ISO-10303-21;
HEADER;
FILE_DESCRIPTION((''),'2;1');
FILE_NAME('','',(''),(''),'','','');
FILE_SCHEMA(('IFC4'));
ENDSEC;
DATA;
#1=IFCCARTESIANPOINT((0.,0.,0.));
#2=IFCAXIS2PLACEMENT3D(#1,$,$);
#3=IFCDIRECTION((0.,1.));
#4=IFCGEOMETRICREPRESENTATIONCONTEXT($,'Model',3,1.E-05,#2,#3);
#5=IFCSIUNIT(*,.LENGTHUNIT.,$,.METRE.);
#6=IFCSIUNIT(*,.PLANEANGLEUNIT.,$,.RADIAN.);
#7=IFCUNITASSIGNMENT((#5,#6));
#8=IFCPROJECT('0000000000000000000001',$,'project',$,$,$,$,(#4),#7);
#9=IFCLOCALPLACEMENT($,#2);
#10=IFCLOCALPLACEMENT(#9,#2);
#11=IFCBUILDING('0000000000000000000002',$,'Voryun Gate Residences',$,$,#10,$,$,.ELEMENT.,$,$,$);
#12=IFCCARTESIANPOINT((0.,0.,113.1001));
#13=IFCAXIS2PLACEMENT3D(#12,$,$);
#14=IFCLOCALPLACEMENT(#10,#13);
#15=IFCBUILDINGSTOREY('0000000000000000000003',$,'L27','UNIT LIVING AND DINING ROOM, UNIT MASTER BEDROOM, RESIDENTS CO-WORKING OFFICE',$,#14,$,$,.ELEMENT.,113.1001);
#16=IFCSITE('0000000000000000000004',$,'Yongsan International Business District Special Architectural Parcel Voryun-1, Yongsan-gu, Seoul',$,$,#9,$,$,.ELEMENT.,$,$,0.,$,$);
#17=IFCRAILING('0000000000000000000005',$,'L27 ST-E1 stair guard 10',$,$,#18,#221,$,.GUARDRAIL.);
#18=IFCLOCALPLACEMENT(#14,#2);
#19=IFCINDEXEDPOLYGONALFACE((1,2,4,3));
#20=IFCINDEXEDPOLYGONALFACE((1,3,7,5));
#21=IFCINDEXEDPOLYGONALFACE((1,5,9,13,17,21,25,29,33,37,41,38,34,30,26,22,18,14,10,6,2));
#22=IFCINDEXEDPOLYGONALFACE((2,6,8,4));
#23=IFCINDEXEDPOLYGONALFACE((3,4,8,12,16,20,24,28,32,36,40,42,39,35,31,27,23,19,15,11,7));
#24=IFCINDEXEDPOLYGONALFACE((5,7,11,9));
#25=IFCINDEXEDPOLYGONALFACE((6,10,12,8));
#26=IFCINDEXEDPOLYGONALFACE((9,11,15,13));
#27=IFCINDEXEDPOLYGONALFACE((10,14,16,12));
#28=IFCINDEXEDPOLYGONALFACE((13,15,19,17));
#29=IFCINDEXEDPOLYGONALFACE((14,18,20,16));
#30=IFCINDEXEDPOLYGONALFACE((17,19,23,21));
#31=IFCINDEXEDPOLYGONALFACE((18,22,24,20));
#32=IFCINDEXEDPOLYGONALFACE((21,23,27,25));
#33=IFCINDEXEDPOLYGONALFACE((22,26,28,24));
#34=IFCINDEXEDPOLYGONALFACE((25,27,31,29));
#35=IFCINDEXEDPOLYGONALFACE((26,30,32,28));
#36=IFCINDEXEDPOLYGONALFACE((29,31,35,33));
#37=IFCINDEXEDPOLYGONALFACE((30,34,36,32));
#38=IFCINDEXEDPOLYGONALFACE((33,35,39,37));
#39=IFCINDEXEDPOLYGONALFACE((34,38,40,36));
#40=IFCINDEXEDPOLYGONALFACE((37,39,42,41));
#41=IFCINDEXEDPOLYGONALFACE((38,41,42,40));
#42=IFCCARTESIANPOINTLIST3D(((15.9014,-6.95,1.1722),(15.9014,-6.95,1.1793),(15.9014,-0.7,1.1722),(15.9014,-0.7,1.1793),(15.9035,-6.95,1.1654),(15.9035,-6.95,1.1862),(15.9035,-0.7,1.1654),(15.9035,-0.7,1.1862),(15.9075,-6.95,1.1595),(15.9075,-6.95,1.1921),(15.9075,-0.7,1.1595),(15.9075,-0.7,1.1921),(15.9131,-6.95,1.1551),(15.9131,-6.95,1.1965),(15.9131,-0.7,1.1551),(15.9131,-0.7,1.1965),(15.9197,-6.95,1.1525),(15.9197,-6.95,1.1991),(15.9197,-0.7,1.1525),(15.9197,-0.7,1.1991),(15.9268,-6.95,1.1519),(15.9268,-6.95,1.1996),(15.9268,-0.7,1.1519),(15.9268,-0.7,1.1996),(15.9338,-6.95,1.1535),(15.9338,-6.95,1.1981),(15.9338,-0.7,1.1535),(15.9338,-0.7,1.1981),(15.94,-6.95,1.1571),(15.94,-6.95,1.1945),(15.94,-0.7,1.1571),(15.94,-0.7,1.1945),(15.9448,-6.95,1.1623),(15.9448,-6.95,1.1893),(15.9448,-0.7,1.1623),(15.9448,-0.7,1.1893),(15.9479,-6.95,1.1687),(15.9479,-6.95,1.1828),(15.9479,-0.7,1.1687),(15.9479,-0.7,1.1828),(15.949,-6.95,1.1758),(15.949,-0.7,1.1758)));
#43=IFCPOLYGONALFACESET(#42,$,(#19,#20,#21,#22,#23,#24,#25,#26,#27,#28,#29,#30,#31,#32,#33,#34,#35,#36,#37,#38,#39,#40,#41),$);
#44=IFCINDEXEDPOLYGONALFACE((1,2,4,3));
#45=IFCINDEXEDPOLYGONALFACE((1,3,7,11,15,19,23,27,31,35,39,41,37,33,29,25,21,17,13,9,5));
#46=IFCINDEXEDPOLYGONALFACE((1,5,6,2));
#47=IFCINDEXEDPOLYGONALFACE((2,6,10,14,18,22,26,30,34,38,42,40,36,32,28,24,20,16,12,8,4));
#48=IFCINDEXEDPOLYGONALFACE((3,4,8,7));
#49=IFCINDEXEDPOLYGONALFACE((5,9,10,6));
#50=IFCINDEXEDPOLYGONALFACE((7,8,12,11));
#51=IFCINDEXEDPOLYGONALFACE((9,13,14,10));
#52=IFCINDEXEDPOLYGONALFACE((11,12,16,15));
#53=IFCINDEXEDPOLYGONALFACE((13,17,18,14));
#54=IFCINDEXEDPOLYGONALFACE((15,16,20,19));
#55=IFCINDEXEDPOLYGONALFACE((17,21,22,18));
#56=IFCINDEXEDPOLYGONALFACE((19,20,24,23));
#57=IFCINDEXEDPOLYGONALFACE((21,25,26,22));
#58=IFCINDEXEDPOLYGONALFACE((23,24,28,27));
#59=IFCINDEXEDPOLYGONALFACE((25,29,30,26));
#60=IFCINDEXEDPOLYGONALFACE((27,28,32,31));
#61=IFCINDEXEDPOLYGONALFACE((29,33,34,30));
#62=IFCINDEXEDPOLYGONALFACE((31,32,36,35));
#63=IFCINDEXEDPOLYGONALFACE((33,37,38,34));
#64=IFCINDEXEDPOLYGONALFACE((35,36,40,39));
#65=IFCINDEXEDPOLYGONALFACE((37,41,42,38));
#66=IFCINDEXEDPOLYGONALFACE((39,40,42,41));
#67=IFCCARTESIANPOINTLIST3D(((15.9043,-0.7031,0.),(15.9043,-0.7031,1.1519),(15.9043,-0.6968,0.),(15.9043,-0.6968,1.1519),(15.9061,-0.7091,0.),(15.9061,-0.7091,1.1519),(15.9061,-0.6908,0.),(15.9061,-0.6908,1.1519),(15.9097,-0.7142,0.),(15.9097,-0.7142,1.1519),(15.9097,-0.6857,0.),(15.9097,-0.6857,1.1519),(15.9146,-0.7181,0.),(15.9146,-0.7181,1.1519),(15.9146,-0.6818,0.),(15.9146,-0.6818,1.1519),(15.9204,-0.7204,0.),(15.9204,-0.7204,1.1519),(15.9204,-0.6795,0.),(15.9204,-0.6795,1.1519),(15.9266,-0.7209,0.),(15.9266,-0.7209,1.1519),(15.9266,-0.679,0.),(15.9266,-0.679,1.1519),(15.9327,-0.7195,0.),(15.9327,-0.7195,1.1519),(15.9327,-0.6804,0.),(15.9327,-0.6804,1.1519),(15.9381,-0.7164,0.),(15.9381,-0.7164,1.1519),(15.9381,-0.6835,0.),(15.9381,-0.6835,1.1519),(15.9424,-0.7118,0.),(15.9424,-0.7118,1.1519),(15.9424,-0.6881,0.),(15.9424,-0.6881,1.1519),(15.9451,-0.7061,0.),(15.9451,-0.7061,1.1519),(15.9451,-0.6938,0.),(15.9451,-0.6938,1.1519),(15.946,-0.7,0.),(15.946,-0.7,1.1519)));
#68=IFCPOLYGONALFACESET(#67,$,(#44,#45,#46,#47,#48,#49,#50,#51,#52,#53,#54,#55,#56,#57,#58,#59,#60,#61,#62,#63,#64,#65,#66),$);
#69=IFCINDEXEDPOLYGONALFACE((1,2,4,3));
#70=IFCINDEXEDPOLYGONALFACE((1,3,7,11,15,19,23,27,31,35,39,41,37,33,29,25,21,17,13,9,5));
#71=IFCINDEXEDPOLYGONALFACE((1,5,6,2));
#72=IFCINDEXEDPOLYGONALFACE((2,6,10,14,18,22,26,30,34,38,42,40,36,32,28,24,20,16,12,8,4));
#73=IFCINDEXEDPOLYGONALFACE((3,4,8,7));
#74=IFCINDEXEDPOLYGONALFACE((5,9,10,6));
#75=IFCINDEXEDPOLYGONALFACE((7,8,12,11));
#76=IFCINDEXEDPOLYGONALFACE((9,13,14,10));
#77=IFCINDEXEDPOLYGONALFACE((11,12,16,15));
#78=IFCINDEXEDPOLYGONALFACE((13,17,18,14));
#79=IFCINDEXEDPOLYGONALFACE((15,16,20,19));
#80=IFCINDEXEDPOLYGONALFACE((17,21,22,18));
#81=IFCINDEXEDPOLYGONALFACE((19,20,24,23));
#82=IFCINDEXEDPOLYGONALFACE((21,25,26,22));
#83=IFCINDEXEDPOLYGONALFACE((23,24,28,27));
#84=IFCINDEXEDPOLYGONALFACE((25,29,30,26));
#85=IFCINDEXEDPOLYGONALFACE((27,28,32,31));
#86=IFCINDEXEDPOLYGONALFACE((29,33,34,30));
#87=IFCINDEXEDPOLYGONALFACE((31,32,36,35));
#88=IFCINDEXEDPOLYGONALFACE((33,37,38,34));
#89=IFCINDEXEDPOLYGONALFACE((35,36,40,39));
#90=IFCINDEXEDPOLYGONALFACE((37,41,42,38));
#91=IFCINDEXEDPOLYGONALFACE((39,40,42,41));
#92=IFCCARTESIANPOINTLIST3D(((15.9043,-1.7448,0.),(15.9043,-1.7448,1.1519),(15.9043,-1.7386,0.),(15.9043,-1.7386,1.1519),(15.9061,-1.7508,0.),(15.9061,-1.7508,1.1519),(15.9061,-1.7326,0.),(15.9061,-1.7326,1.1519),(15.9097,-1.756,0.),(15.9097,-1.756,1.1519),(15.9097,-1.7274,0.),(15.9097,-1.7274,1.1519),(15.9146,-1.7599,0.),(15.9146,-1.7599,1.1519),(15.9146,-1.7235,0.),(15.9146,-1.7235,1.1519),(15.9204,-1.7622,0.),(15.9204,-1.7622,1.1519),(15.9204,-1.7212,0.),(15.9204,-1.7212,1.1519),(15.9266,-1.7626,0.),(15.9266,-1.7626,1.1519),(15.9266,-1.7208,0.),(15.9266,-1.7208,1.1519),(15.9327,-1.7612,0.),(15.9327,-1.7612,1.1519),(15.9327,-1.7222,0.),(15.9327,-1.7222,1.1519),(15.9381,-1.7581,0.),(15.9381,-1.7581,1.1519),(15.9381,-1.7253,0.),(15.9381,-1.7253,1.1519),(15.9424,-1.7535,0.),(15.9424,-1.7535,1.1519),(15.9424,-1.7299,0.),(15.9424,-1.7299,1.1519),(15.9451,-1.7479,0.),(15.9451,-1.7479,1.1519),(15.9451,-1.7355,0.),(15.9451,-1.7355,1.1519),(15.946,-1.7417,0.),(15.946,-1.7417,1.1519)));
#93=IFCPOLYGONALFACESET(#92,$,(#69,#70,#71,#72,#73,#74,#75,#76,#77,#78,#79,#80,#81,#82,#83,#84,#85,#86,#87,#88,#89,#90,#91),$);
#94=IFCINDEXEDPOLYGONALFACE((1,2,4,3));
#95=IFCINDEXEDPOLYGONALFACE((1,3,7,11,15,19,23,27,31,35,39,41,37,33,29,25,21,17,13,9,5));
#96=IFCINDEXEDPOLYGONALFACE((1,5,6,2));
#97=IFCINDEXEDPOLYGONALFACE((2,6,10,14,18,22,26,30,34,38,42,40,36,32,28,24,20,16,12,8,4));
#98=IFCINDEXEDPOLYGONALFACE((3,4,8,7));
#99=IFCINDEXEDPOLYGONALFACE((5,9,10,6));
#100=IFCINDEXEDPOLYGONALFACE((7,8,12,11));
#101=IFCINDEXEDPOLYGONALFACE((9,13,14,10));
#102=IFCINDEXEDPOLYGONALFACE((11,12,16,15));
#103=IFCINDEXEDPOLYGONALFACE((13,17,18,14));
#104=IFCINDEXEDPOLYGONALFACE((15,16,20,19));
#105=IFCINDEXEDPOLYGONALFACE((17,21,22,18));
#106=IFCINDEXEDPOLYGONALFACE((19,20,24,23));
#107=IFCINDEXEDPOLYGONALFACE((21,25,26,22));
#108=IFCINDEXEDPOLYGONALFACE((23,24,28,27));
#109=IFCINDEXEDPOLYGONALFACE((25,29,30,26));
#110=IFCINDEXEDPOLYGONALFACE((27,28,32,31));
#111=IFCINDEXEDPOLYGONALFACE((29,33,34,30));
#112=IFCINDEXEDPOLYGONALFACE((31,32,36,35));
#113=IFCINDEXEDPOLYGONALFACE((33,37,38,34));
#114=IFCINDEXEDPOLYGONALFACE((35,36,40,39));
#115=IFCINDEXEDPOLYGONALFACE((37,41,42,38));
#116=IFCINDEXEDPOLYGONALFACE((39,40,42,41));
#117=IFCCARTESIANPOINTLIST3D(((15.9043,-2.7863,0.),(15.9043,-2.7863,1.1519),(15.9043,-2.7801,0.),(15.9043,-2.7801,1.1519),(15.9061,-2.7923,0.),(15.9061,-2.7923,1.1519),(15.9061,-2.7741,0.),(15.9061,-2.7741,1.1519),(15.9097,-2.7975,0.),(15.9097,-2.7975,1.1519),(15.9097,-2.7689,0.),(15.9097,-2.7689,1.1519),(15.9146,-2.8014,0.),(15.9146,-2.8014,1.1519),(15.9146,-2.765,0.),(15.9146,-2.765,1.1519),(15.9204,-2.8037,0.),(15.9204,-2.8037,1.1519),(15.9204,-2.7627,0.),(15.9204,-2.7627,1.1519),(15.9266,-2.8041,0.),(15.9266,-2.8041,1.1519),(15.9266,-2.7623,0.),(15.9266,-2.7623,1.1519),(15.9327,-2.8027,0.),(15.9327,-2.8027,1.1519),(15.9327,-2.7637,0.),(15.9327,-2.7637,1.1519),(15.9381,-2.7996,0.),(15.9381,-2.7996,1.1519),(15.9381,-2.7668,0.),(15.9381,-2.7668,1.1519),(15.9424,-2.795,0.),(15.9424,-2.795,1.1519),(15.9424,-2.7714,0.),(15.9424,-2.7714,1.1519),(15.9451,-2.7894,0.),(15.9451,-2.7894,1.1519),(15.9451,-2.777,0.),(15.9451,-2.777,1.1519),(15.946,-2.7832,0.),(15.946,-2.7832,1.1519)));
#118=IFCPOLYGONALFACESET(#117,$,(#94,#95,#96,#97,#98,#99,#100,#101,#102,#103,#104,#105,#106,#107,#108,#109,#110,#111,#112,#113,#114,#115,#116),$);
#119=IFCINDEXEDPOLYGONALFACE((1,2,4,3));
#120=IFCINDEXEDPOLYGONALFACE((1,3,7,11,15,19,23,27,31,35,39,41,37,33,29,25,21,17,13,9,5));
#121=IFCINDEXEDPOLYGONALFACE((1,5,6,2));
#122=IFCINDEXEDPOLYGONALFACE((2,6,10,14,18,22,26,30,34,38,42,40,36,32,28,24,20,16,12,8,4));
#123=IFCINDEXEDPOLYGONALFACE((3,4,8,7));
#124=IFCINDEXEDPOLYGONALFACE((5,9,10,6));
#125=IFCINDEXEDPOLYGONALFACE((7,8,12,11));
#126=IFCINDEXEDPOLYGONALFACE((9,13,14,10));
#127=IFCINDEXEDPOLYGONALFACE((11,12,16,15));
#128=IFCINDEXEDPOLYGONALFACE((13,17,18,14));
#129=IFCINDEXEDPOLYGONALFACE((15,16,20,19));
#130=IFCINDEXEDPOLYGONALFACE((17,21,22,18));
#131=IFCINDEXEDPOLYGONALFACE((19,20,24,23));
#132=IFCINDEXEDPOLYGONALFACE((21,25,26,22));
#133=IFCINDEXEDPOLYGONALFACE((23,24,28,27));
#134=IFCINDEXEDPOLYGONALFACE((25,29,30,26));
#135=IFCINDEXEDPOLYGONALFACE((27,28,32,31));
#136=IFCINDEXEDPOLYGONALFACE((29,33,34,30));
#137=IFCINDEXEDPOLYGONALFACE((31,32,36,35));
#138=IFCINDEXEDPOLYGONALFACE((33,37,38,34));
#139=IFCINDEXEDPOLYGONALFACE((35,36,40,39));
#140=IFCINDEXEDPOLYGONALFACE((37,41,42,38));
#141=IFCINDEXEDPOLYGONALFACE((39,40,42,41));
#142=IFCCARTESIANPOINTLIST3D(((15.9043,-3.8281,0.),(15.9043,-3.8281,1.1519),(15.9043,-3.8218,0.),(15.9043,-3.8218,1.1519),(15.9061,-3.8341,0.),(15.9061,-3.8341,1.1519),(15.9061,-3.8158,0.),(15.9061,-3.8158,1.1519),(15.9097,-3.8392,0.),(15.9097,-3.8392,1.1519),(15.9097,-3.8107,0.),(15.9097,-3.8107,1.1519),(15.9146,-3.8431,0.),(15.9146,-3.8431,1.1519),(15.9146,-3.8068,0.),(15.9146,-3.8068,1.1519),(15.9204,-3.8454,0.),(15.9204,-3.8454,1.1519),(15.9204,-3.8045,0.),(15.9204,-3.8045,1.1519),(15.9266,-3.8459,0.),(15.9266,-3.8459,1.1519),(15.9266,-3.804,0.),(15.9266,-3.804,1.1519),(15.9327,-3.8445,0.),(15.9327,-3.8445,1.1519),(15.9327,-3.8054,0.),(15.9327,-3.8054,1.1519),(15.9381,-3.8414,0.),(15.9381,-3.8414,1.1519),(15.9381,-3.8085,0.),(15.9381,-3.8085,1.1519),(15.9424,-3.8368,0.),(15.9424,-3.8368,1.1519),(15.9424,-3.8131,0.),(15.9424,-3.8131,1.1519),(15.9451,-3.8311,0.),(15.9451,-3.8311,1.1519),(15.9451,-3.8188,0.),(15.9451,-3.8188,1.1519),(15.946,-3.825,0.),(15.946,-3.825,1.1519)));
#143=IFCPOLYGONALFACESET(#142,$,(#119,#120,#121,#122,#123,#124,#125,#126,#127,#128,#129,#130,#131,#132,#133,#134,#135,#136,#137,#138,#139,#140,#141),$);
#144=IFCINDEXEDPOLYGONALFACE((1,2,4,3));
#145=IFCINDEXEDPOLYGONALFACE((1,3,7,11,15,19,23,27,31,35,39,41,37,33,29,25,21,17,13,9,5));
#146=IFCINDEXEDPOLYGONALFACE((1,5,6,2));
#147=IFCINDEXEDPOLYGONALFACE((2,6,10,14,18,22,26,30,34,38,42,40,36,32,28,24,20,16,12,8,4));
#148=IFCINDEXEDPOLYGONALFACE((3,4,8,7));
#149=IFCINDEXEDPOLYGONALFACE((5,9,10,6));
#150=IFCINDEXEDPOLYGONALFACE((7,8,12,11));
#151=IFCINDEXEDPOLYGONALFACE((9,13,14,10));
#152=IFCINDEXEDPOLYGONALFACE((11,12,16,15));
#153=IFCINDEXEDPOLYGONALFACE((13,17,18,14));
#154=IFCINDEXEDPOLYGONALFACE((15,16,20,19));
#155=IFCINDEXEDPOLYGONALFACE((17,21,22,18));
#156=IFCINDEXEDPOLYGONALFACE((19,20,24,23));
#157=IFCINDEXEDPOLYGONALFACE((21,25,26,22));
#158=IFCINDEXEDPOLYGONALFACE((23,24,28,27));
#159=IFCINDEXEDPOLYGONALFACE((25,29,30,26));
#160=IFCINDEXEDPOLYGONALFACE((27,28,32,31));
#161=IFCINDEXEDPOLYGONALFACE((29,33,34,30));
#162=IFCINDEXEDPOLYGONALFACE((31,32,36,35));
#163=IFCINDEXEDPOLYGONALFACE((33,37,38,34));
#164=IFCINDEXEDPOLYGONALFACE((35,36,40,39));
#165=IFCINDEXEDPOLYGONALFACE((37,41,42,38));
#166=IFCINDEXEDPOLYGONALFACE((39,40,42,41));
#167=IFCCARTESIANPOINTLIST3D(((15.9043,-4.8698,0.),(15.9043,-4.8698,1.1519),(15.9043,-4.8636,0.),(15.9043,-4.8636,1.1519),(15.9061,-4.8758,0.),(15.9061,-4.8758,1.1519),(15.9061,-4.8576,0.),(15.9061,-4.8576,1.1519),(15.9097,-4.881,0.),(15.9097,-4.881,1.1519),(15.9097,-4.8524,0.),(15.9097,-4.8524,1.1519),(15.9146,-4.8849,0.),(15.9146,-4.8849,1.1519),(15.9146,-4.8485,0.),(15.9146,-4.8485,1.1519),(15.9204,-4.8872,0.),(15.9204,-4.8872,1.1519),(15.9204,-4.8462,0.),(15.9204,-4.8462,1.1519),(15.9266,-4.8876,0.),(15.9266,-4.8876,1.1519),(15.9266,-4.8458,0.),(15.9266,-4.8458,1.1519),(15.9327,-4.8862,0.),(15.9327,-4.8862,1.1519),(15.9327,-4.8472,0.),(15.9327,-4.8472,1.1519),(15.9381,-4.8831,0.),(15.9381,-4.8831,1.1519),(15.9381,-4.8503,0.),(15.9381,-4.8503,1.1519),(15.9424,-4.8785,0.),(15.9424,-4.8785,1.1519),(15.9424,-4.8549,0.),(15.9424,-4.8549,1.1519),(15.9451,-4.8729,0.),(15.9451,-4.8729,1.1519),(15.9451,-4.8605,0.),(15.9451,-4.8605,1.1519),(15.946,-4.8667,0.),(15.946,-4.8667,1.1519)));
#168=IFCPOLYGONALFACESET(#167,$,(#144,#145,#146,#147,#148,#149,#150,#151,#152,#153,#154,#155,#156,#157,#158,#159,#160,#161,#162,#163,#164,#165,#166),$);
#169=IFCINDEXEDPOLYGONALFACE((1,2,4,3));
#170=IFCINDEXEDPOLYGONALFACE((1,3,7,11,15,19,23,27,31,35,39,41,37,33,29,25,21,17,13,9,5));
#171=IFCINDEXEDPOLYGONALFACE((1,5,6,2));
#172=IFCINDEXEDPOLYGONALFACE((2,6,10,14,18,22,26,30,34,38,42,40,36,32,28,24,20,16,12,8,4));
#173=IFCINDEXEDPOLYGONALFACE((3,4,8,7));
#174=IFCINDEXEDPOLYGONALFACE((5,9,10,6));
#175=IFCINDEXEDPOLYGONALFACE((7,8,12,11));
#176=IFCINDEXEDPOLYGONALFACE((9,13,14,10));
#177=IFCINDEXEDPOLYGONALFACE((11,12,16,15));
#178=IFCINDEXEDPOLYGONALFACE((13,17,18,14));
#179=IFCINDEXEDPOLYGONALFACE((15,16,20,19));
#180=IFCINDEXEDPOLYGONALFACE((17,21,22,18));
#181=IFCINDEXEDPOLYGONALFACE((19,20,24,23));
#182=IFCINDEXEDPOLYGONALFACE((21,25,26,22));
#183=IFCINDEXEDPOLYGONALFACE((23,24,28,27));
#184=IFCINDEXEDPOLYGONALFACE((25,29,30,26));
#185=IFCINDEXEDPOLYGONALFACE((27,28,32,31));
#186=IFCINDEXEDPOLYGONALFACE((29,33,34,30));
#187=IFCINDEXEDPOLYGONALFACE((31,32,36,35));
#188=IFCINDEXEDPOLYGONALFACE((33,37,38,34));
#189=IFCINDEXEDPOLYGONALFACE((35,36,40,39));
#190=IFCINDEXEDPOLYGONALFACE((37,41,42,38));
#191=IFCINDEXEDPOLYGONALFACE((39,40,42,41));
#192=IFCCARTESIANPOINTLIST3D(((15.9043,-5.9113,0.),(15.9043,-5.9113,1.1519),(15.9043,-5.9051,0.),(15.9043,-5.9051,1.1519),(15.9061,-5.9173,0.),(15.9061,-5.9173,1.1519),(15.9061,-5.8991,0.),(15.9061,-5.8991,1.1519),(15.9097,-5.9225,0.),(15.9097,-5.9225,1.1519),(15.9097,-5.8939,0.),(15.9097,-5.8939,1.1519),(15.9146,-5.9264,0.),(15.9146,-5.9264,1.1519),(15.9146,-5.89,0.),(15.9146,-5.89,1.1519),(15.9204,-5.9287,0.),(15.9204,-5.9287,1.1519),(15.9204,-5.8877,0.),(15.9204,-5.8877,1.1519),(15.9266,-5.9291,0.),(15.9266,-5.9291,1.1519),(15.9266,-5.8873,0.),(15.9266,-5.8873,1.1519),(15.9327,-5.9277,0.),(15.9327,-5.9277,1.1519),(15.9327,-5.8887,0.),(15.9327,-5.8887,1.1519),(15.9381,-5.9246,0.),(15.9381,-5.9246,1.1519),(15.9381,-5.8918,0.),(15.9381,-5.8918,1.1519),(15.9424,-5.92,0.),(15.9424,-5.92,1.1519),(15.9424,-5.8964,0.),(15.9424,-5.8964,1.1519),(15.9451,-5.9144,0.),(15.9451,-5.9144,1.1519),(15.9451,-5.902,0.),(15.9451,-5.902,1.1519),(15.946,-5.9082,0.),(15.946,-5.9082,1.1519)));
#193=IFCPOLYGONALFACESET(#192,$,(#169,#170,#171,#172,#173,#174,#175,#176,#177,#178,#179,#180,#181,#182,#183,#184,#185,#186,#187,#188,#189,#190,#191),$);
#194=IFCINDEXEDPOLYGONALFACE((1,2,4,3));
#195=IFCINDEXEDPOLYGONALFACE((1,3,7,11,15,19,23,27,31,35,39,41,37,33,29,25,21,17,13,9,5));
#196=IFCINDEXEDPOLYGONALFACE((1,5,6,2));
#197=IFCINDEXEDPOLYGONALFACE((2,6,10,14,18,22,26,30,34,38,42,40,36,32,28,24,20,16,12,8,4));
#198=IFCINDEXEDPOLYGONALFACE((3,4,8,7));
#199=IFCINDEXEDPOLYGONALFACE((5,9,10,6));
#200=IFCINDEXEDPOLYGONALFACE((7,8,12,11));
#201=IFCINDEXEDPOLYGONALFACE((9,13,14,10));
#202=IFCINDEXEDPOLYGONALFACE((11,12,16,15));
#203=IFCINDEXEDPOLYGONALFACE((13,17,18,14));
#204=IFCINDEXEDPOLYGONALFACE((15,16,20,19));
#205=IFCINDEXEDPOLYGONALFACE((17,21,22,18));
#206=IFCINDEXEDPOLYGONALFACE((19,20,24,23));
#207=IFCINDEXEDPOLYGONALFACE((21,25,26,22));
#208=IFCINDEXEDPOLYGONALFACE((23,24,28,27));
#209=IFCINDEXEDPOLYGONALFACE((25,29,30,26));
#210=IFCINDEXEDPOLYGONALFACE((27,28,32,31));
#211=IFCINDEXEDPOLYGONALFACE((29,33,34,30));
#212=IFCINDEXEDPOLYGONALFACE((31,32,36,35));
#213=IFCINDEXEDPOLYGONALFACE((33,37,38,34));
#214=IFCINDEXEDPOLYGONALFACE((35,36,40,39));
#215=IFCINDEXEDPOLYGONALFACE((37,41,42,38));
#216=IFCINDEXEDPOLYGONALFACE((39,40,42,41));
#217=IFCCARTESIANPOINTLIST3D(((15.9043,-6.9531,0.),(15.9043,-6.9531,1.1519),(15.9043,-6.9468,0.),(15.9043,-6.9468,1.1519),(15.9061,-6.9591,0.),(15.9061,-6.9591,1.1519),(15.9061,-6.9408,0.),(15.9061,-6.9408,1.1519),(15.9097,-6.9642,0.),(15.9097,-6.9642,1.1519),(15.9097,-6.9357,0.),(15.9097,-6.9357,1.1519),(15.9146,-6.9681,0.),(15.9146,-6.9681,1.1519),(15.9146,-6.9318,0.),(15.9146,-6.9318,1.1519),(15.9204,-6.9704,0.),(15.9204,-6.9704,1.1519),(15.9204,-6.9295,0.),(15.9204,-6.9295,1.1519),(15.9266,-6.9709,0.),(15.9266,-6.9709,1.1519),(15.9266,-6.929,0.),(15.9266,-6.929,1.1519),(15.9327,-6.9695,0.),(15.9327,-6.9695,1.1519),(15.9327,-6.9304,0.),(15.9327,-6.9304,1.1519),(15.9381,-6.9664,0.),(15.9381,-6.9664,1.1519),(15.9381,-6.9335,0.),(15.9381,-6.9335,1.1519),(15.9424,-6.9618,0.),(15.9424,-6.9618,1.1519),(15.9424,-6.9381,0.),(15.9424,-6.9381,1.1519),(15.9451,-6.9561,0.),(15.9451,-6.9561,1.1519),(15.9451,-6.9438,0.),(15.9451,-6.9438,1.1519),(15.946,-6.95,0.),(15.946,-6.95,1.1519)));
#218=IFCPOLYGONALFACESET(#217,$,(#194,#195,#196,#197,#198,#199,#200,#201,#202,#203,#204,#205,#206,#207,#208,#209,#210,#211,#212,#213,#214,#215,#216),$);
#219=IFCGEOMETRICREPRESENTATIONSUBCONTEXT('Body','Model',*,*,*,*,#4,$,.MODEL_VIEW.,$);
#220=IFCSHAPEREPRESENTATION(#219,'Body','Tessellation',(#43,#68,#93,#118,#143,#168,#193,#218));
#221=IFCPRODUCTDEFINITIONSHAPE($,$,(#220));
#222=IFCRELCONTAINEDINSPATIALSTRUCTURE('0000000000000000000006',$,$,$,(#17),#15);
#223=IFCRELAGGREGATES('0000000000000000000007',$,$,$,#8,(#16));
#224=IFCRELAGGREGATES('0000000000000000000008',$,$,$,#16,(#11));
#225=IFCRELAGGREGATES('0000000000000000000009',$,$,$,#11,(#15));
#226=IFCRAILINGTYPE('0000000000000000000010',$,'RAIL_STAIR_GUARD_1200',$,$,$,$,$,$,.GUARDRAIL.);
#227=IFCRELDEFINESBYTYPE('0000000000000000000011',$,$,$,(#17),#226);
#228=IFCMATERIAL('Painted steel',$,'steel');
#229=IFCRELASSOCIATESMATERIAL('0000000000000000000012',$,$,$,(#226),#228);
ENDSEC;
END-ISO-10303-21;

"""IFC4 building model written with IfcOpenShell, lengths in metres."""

from ifc_helpers import new_model, si_unit, direction, frame, origin, origin_2d, place, context, subcontext, project, spatial, circle, extrude, material, type_object, element, save


model = new_model("IFC4")

# Units and contexts
model_context = context("Model", 3, precision=1e-05, world=origin(), true_north=direction((0.0, 1.0)))
body_context = subcontext(model_context, "Body", "Model", "MODEL_VIEW")
ifc_project = project(units=[si_unit("LENGTHUNIT", "METRE"), si_unit("PLANEANGLEUNIT", "RADIAN")], contexts=[model_context])

# Site, building, storey
site_placement = place(None, origin())
site = spatial("IfcSite", under=ifc_project, at=site_placement, Name="Yongsan International Business District Special Architectural Parcel Voryun-1, Yongsan-gu, Seoul", CompositionType="ELEMENT", RefElevation=0.0)
building_placement = place(site_placement, origin())
building = spatial("IfcBuilding", under=site, at=building_placement, Name="Voryun Gate Residences", CompositionType="ELEMENT")
storey_placement = place(building_placement, frame((0.0, 0.0, 113.1001)))
storey = spatial("IfcBuildingStorey", under=building, at=storey_placement, Name="L27", Description="UNIT LIVING AND DINING ROOM, UNIT MASTER BEDROOM, RESIDENTS CO-WORKING OFFICE", CompositionType="ELEMENT", Elevation=113.1001)

# Railing
ifc_material_1 = material(Name="Painted steel", Category="steel")
railing_type_1 = type_object("IfcRailingType", Name="RAIL_STAIR_GUARD_1200", PredefinedType="GUARDRAIL", material=ifc_material_1)
railing_1_placement = place(storey_placement, frame((15.925, -0.7, 0.0)))
element("IfcRailing", 1, at=railing_1_placement, inside=storey, type_object=railing_type_1, Name="L27 ST-E1 stair guard 10", PredefinedType="GUARDRAIL", context=body_context, shape_type="SweptSolid", body=[
    extrude(circle(Radius=0.0239, at=origin_2d()), frame((0.0, 0.0, 1.1758), z_axis=(0.0, -1.0, 0.0), x_axis=(1.0, 0.0, 0.0)), (0.0, 0.0, 1.0), 6.25),
    extrude(circle(Radius=0.021, at=origin_2d()), origin(), (0.0, 0.0, 1.0), 1.1519),
    extrude(circle(Radius=0.021, at=origin_2d()), frame((0.0, -1.0417, 0.0)), (0.0, 0.0, 1.0), 1.1519),
    extrude(circle(Radius=0.021, at=origin_2d()), frame((0.0, -2.0833, 0.0)), (0.0, 0.0, 1.0), 1.1519),
    extrude(circle(Radius=0.021, at=origin_2d()), frame((0.0, -3.125, 0.0)), (0.0, 0.0, 1.0), 1.1519),
    extrude(circle(Radius=0.021, at=origin_2d()), frame((0.0, -4.1667, 0.0)), (0.0, 0.0, 1.0), 1.1519),
    extrude(circle(Radius=0.021, at=origin_2d()), frame((0.0, -5.2083, 0.0)), (0.0, 0.0, 1.0), 1.1519),
    extrude(circle(Radius=0.021, at=origin_2d()), frame((0.0, -6.25, 0.0)), (0.0, 0.0, 1.0), 1.1519),
])

save(model, "model.ifc")
